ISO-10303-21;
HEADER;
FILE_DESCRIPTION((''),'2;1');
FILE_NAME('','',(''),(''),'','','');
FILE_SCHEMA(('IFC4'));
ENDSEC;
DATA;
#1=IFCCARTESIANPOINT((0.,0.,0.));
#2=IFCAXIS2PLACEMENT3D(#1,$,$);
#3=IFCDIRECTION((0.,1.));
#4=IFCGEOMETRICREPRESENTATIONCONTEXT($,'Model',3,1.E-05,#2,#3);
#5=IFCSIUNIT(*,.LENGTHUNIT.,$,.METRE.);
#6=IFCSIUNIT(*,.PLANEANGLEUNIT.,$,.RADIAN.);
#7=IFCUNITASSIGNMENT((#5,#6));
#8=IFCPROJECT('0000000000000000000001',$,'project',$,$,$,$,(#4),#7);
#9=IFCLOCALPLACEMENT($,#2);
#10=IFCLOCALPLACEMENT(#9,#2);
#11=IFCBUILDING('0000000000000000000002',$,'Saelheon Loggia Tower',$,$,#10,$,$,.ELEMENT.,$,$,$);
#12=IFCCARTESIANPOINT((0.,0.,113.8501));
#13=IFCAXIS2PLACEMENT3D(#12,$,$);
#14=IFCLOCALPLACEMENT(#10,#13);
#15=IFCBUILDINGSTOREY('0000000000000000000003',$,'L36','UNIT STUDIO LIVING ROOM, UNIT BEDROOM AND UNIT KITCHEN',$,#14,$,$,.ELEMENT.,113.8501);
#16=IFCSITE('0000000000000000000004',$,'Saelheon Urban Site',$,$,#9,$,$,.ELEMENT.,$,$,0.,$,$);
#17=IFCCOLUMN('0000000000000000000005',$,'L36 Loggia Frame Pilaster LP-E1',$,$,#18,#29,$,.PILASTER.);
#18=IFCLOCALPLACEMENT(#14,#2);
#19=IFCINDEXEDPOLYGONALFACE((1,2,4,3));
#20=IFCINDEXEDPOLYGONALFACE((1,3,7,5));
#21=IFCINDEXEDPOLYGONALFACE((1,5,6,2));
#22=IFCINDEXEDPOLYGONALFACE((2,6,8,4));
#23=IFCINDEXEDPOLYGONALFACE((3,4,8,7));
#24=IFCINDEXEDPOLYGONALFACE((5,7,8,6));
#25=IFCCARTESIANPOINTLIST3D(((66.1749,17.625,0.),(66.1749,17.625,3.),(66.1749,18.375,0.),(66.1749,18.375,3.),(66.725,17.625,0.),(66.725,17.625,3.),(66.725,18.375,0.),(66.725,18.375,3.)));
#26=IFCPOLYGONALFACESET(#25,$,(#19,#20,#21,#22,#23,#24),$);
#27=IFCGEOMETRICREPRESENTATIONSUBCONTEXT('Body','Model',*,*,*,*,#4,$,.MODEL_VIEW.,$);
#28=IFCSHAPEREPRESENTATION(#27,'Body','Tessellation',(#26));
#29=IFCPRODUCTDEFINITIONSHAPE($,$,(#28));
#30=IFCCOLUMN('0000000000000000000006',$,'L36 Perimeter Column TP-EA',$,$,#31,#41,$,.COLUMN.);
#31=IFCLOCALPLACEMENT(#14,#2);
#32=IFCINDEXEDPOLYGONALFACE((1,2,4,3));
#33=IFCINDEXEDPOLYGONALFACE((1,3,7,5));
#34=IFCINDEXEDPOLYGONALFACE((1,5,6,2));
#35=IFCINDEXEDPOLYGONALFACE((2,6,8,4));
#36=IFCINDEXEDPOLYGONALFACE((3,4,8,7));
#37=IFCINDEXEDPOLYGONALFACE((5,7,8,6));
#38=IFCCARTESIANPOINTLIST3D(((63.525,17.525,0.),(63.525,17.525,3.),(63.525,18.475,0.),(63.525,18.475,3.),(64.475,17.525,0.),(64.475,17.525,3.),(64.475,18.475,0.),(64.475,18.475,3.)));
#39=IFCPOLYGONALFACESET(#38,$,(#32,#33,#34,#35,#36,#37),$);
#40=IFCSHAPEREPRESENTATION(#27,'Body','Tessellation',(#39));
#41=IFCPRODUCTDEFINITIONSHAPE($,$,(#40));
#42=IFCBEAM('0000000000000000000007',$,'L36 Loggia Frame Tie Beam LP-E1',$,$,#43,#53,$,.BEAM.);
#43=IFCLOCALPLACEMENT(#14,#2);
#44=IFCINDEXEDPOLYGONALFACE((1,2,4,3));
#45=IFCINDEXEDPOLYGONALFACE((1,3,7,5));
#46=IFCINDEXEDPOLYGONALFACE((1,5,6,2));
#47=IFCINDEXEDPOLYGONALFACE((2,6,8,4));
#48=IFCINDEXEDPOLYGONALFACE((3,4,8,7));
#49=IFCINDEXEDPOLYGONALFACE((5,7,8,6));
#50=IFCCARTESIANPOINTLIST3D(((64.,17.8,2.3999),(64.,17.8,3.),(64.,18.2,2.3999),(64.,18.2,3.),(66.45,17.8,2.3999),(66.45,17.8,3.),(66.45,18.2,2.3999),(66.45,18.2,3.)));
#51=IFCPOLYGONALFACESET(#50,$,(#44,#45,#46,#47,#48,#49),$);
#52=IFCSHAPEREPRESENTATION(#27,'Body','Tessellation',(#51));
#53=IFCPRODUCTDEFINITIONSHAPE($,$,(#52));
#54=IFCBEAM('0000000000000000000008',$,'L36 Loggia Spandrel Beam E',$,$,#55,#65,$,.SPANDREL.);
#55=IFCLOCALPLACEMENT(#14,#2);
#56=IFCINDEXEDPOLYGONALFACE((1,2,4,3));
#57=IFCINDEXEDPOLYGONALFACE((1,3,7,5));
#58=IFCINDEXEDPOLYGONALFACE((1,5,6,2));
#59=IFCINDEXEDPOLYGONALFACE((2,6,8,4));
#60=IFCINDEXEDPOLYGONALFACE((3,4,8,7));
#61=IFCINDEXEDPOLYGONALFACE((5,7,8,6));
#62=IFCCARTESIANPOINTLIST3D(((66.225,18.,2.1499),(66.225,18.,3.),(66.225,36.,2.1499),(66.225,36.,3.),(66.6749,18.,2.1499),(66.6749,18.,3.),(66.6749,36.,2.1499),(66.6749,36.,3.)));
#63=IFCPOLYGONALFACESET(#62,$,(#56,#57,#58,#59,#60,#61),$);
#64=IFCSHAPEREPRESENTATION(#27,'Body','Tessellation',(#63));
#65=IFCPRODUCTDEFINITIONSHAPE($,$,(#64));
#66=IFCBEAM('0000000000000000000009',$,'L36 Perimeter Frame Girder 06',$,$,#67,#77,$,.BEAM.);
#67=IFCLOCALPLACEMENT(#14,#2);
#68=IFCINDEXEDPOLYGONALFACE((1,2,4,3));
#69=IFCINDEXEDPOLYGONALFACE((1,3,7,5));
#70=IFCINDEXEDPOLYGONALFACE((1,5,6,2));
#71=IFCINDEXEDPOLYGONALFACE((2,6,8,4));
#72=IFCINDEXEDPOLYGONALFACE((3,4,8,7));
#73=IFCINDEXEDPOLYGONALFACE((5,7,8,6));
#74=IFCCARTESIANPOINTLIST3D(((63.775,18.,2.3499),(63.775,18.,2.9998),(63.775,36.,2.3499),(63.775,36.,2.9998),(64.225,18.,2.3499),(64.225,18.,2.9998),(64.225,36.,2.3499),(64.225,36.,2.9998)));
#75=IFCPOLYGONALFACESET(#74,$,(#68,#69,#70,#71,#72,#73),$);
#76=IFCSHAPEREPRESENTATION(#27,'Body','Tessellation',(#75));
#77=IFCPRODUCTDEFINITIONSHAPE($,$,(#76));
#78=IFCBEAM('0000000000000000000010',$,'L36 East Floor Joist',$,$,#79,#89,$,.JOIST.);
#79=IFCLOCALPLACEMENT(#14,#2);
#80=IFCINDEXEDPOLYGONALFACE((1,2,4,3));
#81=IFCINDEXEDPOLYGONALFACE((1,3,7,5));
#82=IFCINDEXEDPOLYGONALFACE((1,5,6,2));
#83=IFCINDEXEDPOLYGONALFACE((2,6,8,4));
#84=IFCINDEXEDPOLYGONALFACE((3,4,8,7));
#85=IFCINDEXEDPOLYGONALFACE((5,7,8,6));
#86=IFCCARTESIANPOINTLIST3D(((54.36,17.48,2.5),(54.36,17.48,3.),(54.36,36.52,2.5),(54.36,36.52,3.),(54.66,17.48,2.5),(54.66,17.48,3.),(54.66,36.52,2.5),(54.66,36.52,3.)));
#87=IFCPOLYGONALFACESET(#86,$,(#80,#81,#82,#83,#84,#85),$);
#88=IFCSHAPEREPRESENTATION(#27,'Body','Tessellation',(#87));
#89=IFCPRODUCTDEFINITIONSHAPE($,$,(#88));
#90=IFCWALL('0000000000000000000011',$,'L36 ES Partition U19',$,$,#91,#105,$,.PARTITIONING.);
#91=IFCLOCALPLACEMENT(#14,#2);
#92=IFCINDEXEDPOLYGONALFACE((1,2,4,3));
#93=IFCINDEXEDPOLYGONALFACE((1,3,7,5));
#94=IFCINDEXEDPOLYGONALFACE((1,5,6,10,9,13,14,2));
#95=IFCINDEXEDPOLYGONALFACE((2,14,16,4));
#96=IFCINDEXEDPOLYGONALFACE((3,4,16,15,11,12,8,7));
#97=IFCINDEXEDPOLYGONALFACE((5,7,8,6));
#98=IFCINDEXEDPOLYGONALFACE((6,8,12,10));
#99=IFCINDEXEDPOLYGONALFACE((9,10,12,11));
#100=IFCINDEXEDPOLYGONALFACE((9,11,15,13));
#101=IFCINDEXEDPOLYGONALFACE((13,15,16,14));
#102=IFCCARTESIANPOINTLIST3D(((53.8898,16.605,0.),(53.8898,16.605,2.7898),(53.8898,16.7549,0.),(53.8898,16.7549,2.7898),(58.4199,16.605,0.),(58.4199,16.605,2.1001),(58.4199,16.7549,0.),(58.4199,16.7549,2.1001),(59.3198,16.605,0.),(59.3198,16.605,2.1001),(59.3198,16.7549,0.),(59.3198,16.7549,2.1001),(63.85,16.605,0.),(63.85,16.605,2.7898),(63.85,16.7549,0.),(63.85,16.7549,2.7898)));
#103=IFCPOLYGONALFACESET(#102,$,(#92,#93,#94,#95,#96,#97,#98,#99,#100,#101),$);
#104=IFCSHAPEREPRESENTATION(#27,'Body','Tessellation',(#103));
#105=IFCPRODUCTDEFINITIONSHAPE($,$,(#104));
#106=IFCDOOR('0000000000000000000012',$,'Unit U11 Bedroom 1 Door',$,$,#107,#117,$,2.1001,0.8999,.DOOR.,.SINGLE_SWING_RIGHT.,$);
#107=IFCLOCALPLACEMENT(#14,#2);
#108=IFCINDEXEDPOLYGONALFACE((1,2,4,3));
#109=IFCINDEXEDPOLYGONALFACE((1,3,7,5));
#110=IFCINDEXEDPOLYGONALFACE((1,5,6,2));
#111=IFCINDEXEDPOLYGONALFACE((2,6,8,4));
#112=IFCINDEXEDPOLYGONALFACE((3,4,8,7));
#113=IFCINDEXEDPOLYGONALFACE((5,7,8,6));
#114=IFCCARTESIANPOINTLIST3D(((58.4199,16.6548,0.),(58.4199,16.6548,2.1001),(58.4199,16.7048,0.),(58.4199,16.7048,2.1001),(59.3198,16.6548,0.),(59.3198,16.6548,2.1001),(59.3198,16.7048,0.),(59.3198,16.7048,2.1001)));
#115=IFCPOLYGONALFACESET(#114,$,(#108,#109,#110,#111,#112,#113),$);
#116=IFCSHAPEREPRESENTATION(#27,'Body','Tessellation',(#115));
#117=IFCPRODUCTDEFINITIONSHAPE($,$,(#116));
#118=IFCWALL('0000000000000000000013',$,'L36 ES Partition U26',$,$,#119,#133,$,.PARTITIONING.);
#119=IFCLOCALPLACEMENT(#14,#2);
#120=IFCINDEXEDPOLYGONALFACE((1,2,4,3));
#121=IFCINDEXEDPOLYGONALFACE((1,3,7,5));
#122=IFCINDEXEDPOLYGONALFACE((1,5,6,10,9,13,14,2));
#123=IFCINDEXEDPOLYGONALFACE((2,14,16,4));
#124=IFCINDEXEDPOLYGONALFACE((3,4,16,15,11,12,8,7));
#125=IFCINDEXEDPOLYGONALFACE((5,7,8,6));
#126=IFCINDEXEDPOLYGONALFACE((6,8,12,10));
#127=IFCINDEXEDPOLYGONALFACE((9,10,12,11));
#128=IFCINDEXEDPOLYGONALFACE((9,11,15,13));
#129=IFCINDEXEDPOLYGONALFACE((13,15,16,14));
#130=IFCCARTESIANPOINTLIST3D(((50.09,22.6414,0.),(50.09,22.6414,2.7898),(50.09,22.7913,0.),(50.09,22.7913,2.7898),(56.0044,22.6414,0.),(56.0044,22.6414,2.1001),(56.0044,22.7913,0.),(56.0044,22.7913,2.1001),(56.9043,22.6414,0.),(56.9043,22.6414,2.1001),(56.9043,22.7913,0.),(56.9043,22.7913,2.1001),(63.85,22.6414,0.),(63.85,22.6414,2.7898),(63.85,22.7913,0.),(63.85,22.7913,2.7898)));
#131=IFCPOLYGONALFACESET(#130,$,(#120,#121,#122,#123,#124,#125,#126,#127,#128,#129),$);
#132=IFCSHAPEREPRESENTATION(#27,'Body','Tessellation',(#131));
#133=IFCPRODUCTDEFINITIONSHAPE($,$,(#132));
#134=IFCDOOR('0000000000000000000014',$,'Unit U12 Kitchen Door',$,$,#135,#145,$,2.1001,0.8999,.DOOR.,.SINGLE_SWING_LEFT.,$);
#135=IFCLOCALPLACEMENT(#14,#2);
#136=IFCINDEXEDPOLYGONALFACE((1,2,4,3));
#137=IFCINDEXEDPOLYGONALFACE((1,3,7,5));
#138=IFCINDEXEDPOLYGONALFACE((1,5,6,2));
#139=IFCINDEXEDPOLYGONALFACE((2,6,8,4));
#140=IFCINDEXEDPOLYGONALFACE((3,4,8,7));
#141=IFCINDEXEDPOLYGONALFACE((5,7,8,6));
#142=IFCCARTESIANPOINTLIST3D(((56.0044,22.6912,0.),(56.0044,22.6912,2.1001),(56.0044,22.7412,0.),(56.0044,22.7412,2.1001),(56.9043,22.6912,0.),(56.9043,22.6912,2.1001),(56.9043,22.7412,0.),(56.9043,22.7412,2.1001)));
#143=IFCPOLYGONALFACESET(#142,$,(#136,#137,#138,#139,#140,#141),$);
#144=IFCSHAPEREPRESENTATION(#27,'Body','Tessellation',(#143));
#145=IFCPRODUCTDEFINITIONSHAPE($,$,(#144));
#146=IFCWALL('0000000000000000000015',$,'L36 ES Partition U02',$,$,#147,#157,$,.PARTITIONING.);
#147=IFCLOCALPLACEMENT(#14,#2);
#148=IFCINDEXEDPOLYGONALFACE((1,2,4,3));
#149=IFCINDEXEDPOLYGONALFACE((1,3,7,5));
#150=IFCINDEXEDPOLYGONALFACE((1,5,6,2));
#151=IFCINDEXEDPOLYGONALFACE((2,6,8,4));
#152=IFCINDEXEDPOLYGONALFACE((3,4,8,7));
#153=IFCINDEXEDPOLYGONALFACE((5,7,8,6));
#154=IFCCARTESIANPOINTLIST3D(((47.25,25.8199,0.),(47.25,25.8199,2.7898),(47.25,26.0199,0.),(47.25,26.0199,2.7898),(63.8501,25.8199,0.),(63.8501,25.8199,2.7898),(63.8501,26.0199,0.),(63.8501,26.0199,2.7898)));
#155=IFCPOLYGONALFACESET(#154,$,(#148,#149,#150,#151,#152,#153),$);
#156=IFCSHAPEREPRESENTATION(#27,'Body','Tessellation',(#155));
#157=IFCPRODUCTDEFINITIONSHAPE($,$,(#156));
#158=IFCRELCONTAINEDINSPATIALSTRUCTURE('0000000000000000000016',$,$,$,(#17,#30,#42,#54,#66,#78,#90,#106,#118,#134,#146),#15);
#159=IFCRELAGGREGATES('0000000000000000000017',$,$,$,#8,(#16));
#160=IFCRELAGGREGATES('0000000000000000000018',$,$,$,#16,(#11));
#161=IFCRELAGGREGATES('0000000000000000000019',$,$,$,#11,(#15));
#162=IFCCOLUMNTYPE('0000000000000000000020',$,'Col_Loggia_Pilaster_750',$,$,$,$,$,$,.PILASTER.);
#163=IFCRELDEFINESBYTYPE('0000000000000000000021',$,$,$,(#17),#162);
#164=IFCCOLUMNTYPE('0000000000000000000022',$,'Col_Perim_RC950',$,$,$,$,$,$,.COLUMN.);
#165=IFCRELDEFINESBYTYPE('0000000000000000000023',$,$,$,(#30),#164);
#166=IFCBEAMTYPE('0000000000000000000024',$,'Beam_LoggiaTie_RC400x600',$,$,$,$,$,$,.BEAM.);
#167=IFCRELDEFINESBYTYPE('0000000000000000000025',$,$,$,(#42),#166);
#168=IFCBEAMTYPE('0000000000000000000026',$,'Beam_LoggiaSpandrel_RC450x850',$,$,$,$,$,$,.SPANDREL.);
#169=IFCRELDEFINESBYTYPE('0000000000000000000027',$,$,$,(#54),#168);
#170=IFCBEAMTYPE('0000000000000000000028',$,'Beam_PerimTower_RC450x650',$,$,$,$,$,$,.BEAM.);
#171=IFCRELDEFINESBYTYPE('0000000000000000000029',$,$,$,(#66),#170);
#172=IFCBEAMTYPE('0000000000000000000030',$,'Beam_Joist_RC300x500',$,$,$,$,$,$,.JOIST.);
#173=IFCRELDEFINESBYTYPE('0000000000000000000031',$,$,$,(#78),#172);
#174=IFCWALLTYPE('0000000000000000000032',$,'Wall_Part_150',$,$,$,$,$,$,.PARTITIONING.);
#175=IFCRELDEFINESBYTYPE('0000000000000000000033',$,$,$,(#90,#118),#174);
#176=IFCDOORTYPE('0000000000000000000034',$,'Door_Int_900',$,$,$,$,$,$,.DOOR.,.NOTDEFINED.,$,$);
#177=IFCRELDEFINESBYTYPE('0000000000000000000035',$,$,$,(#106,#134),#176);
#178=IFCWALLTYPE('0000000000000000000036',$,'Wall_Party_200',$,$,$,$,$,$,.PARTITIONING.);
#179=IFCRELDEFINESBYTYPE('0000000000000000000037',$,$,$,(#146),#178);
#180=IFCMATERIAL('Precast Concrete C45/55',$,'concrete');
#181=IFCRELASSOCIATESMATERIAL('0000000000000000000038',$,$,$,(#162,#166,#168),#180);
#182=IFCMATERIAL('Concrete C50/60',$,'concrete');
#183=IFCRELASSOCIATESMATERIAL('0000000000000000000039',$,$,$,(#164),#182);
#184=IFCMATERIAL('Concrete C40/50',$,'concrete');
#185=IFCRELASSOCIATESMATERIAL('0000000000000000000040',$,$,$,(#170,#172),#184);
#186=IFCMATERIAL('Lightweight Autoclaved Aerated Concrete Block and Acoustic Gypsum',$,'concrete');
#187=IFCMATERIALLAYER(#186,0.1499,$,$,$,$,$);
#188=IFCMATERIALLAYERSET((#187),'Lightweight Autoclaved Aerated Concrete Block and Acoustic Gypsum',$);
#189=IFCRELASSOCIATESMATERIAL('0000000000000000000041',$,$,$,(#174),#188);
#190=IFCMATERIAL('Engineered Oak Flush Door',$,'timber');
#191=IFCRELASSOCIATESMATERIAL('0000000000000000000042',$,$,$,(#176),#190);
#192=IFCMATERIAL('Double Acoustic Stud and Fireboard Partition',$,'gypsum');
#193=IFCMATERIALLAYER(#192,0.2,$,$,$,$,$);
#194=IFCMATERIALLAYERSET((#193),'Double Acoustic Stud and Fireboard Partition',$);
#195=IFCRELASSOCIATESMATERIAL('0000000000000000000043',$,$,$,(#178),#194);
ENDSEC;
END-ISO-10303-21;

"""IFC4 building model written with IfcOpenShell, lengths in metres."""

from ifc_helpers import new_model, si_unit, direction, frame, frame_2d, origin, origin_2d, place, context, subcontext, project, spatial, rectangle, extrude, source, transform, mapped, material, layer, layer_set, material_profile, profile_set, type_object, element, fill, save


model = new_model("IFC4")

# Units and contexts
model_context = context("Model", 3, precision=1e-05, world=origin(), true_north=direction((0.0, 1.0)))
body_context = subcontext(model_context, "Body", "Model", "MODEL_VIEW")
ifc_project = project(units=[si_unit("LENGTHUNIT", "METRE"), si_unit("PLANEANGLEUNIT", "RADIAN")], contexts=[model_context])

# Site, building, storey
site_placement = place(None, origin())
site = spatial("IfcSite", under=ifc_project, at=site_placement, Name="Saelheon Urban Site", CompositionType="ELEMENT", RefElevation=0.0)
building_placement = place(site_placement, origin())
building = spatial("IfcBuilding", under=site, at=building_placement, Name="Saelheon Loggia Tower", CompositionType="ELEMENT")
storey_placement = place(building_placement, frame((0.0, 0.0, 113.8501)))
storey = spatial("IfcBuildingStorey", under=building, at=storey_placement, Name="L36", Description="UNIT STUDIO LIVING ROOM, UNIT BEDROOM AND UNIT KITCHEN", CompositionType="ELEMENT", Elevation=113.8501)

# Columns
ifc_material_1 = material(Name="Precast Concrete C45/55", Category="concrete")
ifc_material_profile_1 = material_profile(ifc_material_1, rectangle(XDim=0.55, YDim=0.75, at=origin_2d()), Name="RC-550x750")
ifc_profile_set_1 = profile_set([ifc_material_profile_1], Name="Precast Concrete C45/55")
column_type_1 = type_object("IfcColumnType", Name="Col_Loggia_Pilaster_750", PredefinedType="PILASTER", material=ifc_profile_set_1)
shared_shape_1 = source(origin(), body_context, "Body", "SweptSolid", [
    extrude(rectangle(XDim=0.55, YDim=0.75, at=origin_2d()), origin(), (0.0, 0.0, 1.0), 3.0),
])
column_1_placement = place(storey_placement, frame((66.45, 18.0, 0.0), z_axis=(0.0, 0.0, 1.0), x_axis=(1.0, 0.0, 0.0)))
element("IfcColumn", 1, at=column_1_placement, inside=storey, type_object=column_type_1, Name="L36 Loggia Frame Pilaster LP-E1", PredefinedType="PILASTER", context=body_context, shape_type="MappedRepresentation", body=[
    mapped(shared_shape_1, transform((0.0, 0.0, 0.0), scale=1.0)),
])
ifc_material_2 = material(Name="Concrete C50/60", Category="concrete")
ifc_material_profile_2 = material_profile(ifc_material_2, rectangle(XDim=0.95, YDim=0.95, at=origin_2d()), Name="RC-950x950")
ifc_profile_set_2 = profile_set([ifc_material_profile_2], Name="Concrete C50/60")
column_type_2 = type_object("IfcColumnType", Name="Col_Perim_RC950", PredefinedType="COLUMN", material=ifc_profile_set_2)
shared_shape_2 = source(origin(), body_context, "Body", "SweptSolid", [
    extrude(rectangle(XDim=0.95, YDim=0.95, at=origin_2d()), origin(), (0.0, 0.0, 1.0), 3.0),
])
column_2_placement = place(storey_placement, frame((64.0, 18.0, 0.0), z_axis=(0.0, 0.0, 1.0), x_axis=(1.0, 0.0, 0.0)))
element("IfcColumn", 2, at=column_2_placement, inside=storey, type_object=column_type_2, Name="L36 Perimeter Column TP-EA", PredefinedType="COLUMN", context=body_context, shape_type="MappedRepresentation", body=[
    mapped(shared_shape_2, transform((0.0, 0.0, 0.0), scale=1.0)),
])

# Beams
ifc_material_profile_3 = material_profile(ifc_material_1, rectangle(XDim=0.3999, YDim=0.6001, at=origin_2d()), Name="RC-400x600")
ifc_profile_set_3 = profile_set([ifc_material_profile_3], Name="Precast Concrete C45/55")
beam_type_1 = type_object("IfcBeamType", Name="Beam_LoggiaTie_RC400x600", PredefinedType="BEAM", material=ifc_profile_set_3)
shared_shape_3 = source(origin(), body_context, "Body", "SweptSolid", [
    extrude(rectangle(XDim=0.3999, YDim=0.6001, at=origin_2d()), origin(), (0.0, 0.0, 1.0), 2.45),
])
beam_1_placement = place(storey_placement, frame((64.0, 18.0, 2.7), z_axis=(1.0, 0.0, 0.0), x_axis=(0.0, 1.0, 0.0)))
element("IfcBeam", 3, at=beam_1_placement, inside=storey, type_object=beam_type_1, Name="L36 Loggia Frame Tie Beam LP-E1", PredefinedType="BEAM", context=body_context, shape_type="MappedRepresentation", body=[
    mapped(shared_shape_3, transform((0.0, 0.0, 0.0), scale=1.0)),
])
ifc_material_profile_4 = material_profile(ifc_material_1, rectangle(XDim=0.45, YDim=0.8501, at=origin_2d()), Name="RC-450x850")
ifc_profile_set_4 = profile_set([ifc_material_profile_4], Name="Precast Concrete C45/55")
beam_type_2 = type_object("IfcBeamType", Name="Beam_LoggiaSpandrel_RC450x850", PredefinedType="SPANDREL", material=ifc_profile_set_4)
shared_shape_4 = source(origin(), body_context, "Body", "SweptSolid", [
    extrude(rectangle(XDim=0.45, YDim=0.8501, at=origin_2d()), origin(), (0.0, 0.0, 1.0), 18.0),
])
beam_2_placement = place(storey_placement, frame((66.45, 18.0, 2.575), z_axis=(0.0, 1.0, 0.0), x_axis=(-1.0, 0.0, 0.0)))
element("IfcBeam", 4, at=beam_2_placement, inside=storey, type_object=beam_type_2, Name="L36 Loggia Spandrel Beam E", PredefinedType="SPANDREL", context=body_context, shape_type="MappedRepresentation", body=[
    mapped(shared_shape_4, transform((0.0, 0.0, 0.0), scale=1.0)),
])
ifc_material_3 = material(Name="Concrete C40/50", Category="concrete")
ifc_material_profile_5 = material_profile(ifc_material_3, rectangle(XDim=0.45, YDim=0.6499, at=origin_2d()), Name="RC-450x650")
ifc_profile_set_5 = profile_set([ifc_material_profile_5], Name="Concrete C40/50")
beam_type_3 = type_object("IfcBeamType", Name="Beam_PerimTower_RC450x650", PredefinedType="BEAM", material=ifc_profile_set_5)
shared_shape_5 = source(origin(), body_context, "Body", "SweptSolid", [
    extrude(rectangle(XDim=0.45, YDim=0.6499, at=origin_2d()), origin(), (0.0, 0.0, 1.0), 18.0),
])
beam_3_placement = place(storey_placement, frame((64.0, 18.0, 2.6748), z_axis=(0.0, 1.0, 0.0), x_axis=(-1.0, 0.0, 0.0)))
element("IfcBeam", 5, at=beam_3_placement, inside=storey, type_object=beam_type_3, Name="L36 Perimeter Frame Girder 06", PredefinedType="BEAM", context=body_context, shape_type="MappedRepresentation", body=[
    mapped(shared_shape_5, transform((0.0, 0.0, 0.0), scale=1.0)),
])
ifc_material_profile_6 = material_profile(ifc_material_3, rectangle(XDim=0.3, YDim=0.5, at=origin_2d()), Name="RC-300x500")
ifc_profile_set_6 = profile_set([ifc_material_profile_6], Name="Concrete C40/50")
beam_type_4 = type_object("IfcBeamType", Name="Beam_Joist_RC300x500", PredefinedType="JOIST", material=ifc_profile_set_6)
shared_shape_6 = source(origin(), body_context, "Body", "SweptSolid", [
    extrude(rectangle(XDim=0.3, YDim=0.5, at=origin_2d()), origin(), (0.0, 0.0, 1.0), 19.04),
])
beam_4_placement = place(storey_placement, frame((54.51, 17.48, 2.75), z_axis=(0.0, 1.0, 0.0), x_axis=(-1.0, 0.0, 0.0)))
element("IfcBeam", 6, at=beam_4_placement, inside=storey, type_object=beam_type_4, Name="L36 East Floor Joist", PredefinedType="JOIST", context=body_context, shape_type="MappedRepresentation", body=[
    mapped(shared_shape_6, transform((0.0, 0.0, 0.0), scale=1.0)),
])

# Walls, openings, doors
ifc_material_4 = material(Name="Lightweight Autoclaved Aerated Concrete Block and Acoustic Gypsum", Category="concrete")
ifc_layer_1 = layer(ifc_material_4, 0.1499)
ifc_layer_set_1 = layer_set([ifc_layer_1], Name="Lightweight Autoclaved Aerated Concrete Block and Acoustic Gypsum")
wall_type_1 = type_object("IfcWallType", Name="Wall_Part_150", PredefinedType="PARTITIONING", material=ifc_layer_set_1)
wall_1_placement = place(storey_placement, frame((53.8899, 16.6799, 0.0), z_axis=(0.0, 0.0, 1.0), x_axis=(1.0, 0.0, 0.0)))
wall_1 = element("IfcWall", 7, at=wall_1_placement, inside=storey, type_object=wall_type_1, Name="L36 ES Partition U19", PredefinedType="PARTITIONING", context=body_context, shape_type="SweptSolid", body=[
    extrude(rectangle(XDim=9.9602, YDim=0.1499, at=frame_2d((4.98, 0.0))), origin(), (0.0, 0.0, 1.0), 2.7898),
])
opening_1_placement = place(wall_1_placement, frame((4.53, 0.0, 0.0)))
opening_1 = element("IfcOpeningElement", 8, at=opening_1_placement, cuts=wall_1, PredefinedType="OPENING", context=body_context, shape_type="SweptSolid", body=[
    extrude(rectangle(XDim=0.8999, YDim=2.1001, at=frame_2d((0.45, 1.05))), frame((0.0, 0.0869, 0.0), z_axis=(0.0, -1.0, 0.0), x_axis=(1.0, 0.0, 0.0)), (0.0, 0.0, 1.0), 0.1738),
])
ifc_material_5 = material(Name="Engineered Oak Flush Door", Category="timber")
door_type_1 = type_object("IfcDoorType", Name="Door_Int_900", OperationType="NOTDEFINED", PredefinedType="DOOR", material=ifc_material_5)
shared_shape_7 = source(origin(), body_context, "Body", "SweptSolid", [
    extrude(rectangle(XDim=0.8999, YDim=2.1001, at=frame_2d((0.45, 1.05))), frame((0.0, 0.0249, 0.0), z_axis=(0.0, -1.0, 0.0), x_axis=(1.0, 0.0, 0.0)), (0.0, 0.0, 1.0), 0.05),
])
door_1_placement = place(opening_1_placement, origin())
door_1 = element("IfcDoor", 9, at=door_1_placement, inside=storey, type_object=door_type_1, Name="Unit U11 Bedroom 1 Door", OperationType="SINGLE_SWING_RIGHT", OverallHeight=2.1001, OverallWidth=0.8999, PredefinedType="DOOR", context=body_context, shape_type="MappedRepresentation", body=[
    mapped(shared_shape_7, transform((0.0, 0.0, 0.0), scale=1.0)),
])
fill(opening_1, door_1)
wall_2_placement = place(storey_placement, frame((50.0901, 22.7163, 0.0), z_axis=(0.0, 0.0, 1.0), x_axis=(1.0, 0.0, 0.0)))
wall_2 = element("IfcWall", 10, at=wall_2_placement, inside=storey, type_object=wall_type_1, Name="L36 ES Partition U26", PredefinedType="PARTITIONING", context=body_context, shape_type="SweptSolid", body=[
    extrude(rectangle(XDim=13.76, YDim=0.1499, at=frame_2d((6.8799, 0.0))), origin(), (0.0, 0.0, 1.0), 2.7898),
])
opening_2_placement = place(wall_2_placement, frame((5.9143, 0.0, 0.0)))
opening_2 = element("IfcOpeningElement", 11, at=opening_2_placement, cuts=wall_2, PredefinedType="OPENING", context=body_context, shape_type="SweptSolid", body=[
    extrude(rectangle(XDim=0.8999, YDim=2.1001, at=frame_2d((0.45, 1.05))), frame((0.0, 0.0869, 0.0), z_axis=(0.0, -1.0, 0.0), x_axis=(1.0, 0.0, 0.0)), (0.0, 0.0, 1.0), 0.1738),
])
door_2_placement = place(opening_2_placement, origin())
door_2 = element("IfcDoor", 12, at=door_2_placement, inside=storey, type_object=door_type_1, Name="Unit U12 Kitchen Door", OperationType="SINGLE_SWING_LEFT", OverallHeight=2.1001, OverallWidth=0.8999, PredefinedType="DOOR", context=body_context, shape_type="MappedRepresentation", body=[
    mapped(shared_shape_7, transform((0.0, 0.0, 0.0), scale=1.0)),
])
fill(opening_2, door_2)

# Wall
ifc_material_6 = material(Name="Double Acoustic Stud and Fireboard Partition", Category="gypsum")
ifc_layer_2 = layer(ifc_material_6, 0.2)
ifc_layer_set_2 = layer_set([ifc_layer_2], Name="Double Acoustic Stud and Fireboard Partition")
wall_type_2 = type_object("IfcWallType", Name="Wall_Party_200", PredefinedType="PARTITIONING", material=ifc_layer_set_2)
wall_3_placement = place(storey_placement, frame((47.25, 25.9199, 0.0), z_axis=(0.0, 0.0, 1.0), x_axis=(1.0, 0.0, 0.0)))
element("IfcWall", 13, at=wall_3_placement, inside=storey, type_object=wall_type_2, Name="L36 ES Partition U02", PredefinedType="PARTITIONING", context=body_context, shape_type="SweptSolid", body=[
    extrude(rectangle(XDim=16.6001, YDim=0.2, at=frame_2d((8.3, 0.0))), origin(), (0.0, 0.0, 1.0), 2.7898),
])

save(model, "model.ifc")
